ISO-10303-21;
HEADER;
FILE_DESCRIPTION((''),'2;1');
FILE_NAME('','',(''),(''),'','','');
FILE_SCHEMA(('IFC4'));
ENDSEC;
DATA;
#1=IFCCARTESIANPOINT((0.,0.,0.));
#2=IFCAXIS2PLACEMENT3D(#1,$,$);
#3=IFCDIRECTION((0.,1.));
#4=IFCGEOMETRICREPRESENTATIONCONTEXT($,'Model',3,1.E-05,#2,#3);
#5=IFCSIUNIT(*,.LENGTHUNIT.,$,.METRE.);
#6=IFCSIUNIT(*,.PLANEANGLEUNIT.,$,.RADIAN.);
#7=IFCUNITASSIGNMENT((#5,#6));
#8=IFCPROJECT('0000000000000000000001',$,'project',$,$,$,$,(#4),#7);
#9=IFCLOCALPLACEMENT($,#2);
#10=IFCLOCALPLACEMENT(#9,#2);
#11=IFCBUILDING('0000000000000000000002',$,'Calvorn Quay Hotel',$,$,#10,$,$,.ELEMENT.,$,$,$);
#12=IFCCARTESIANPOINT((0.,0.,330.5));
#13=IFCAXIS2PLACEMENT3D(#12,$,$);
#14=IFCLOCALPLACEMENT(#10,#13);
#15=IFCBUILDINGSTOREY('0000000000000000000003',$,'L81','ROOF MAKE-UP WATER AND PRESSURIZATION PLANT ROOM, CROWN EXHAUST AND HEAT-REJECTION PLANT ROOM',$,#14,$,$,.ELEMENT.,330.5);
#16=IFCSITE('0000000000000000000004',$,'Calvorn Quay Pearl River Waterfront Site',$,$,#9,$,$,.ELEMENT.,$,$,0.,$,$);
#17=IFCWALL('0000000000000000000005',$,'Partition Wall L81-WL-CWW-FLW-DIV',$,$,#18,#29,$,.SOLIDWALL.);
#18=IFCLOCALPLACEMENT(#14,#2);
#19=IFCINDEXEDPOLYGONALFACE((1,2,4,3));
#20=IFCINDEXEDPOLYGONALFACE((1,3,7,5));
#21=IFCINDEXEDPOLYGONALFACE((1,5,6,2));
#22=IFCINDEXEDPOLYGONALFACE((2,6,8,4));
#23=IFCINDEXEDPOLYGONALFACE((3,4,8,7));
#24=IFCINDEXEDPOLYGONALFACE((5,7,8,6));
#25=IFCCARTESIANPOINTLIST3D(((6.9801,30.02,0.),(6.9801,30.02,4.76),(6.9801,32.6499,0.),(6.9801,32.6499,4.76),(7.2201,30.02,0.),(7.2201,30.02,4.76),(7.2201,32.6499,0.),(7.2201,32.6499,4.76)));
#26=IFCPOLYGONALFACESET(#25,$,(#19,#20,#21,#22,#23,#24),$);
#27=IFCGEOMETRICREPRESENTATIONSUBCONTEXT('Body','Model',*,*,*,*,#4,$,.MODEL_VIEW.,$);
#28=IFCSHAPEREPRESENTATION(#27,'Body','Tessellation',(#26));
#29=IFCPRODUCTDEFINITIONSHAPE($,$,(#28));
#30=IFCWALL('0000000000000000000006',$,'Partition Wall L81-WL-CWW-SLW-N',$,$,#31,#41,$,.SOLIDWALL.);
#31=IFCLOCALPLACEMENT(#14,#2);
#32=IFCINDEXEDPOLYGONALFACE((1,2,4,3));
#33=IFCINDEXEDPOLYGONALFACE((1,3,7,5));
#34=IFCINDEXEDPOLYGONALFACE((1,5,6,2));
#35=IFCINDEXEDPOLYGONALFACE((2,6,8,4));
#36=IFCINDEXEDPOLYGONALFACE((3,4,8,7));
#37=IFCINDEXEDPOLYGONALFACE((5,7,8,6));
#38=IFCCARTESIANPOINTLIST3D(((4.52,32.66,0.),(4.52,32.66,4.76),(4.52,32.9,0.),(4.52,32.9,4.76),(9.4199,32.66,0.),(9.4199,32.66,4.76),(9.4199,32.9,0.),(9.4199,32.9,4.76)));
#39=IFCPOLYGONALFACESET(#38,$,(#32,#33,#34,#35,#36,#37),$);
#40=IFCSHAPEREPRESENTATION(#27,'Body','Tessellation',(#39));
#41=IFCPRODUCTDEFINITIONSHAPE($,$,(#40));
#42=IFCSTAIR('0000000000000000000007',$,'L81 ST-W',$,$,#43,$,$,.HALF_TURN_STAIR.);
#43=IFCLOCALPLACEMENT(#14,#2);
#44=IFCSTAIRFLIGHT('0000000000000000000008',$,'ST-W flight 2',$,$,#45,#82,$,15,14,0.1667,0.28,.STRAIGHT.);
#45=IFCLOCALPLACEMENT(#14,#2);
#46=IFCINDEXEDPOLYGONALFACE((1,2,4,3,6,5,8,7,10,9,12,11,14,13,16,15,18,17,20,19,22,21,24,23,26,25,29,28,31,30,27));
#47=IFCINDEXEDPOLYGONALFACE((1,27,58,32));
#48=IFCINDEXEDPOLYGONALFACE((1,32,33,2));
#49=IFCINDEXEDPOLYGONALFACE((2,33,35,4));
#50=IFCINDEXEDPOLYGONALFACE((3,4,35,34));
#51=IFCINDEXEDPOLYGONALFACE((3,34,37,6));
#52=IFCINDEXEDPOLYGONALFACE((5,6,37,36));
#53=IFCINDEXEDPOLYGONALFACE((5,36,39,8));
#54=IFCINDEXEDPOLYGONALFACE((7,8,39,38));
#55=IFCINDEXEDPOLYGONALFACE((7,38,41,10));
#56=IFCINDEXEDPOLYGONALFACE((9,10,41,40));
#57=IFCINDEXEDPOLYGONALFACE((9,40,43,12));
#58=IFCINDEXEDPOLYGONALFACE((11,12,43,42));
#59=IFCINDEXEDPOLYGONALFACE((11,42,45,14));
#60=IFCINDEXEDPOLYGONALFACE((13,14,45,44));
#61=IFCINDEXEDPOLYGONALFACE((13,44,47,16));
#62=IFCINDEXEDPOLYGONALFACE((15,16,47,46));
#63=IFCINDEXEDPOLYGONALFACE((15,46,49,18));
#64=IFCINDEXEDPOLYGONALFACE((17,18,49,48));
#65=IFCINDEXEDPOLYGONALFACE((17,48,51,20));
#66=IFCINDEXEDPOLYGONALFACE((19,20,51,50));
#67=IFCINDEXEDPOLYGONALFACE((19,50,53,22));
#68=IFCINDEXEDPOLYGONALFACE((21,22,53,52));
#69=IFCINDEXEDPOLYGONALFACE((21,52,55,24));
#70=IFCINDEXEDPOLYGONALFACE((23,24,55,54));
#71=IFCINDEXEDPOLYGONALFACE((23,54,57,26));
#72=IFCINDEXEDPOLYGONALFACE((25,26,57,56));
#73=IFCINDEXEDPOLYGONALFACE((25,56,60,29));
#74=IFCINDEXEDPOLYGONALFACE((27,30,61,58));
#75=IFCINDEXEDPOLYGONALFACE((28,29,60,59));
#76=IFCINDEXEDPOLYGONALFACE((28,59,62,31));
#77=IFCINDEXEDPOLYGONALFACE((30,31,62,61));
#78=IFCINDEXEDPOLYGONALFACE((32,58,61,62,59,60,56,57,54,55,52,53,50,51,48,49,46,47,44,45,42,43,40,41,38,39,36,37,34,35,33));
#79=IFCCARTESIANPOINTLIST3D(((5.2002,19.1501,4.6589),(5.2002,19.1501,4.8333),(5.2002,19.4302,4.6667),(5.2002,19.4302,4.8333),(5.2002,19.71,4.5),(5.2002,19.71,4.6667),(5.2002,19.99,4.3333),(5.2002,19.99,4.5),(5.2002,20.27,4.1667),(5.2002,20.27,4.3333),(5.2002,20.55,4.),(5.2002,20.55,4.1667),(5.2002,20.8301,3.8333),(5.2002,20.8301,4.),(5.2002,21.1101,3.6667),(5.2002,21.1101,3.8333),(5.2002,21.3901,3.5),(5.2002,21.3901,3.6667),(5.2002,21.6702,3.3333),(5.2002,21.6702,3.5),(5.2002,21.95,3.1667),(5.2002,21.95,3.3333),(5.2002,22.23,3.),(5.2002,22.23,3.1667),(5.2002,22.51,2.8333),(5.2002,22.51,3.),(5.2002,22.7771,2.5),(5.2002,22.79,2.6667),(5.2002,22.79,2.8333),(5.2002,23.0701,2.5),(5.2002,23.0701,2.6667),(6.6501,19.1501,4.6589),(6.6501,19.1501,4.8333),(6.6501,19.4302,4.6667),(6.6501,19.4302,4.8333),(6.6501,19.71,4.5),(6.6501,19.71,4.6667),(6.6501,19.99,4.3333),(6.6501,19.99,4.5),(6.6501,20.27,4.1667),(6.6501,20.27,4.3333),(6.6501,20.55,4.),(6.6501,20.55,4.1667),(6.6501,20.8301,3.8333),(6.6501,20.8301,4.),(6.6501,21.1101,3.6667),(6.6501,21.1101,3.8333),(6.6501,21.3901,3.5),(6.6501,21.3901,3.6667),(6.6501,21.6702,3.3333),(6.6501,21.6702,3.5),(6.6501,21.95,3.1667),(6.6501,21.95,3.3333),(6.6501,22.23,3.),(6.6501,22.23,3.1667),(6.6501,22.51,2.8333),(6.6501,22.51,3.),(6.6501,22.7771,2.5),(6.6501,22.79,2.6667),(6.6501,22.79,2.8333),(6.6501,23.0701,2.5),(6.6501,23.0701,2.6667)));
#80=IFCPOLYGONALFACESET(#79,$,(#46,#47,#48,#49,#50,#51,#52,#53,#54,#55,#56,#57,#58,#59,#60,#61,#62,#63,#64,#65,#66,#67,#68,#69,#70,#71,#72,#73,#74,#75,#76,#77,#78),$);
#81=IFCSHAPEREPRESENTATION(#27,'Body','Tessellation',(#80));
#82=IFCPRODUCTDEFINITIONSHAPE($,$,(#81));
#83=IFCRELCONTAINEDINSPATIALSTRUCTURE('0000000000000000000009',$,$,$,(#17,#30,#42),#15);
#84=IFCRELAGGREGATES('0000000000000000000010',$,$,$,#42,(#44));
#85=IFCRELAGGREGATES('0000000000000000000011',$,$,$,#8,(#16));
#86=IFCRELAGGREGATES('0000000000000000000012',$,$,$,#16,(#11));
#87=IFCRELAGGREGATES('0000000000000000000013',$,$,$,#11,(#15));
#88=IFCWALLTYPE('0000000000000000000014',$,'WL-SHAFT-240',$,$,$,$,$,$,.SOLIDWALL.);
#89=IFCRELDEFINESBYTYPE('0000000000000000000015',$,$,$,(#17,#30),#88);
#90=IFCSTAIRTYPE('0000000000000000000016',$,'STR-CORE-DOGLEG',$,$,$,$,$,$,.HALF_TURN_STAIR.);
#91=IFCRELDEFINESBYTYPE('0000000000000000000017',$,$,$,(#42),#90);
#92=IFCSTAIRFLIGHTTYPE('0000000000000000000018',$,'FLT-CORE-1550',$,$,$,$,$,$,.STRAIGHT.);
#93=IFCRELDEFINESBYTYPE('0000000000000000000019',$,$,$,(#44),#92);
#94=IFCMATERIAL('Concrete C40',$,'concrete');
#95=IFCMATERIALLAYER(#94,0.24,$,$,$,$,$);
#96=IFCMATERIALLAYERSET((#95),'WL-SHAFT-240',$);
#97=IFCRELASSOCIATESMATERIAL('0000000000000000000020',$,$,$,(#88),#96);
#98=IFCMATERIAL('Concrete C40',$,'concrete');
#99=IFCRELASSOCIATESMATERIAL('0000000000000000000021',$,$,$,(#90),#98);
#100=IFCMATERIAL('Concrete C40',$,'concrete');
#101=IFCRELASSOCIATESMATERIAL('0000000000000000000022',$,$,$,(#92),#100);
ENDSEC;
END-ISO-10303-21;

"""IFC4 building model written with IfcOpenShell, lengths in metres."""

from ifc_helpers import new_model, si_unit, direction, frame, frame_2d, origin, place, context, subcontext, project, spatial, polyline, rectangle, outline, extrude, material, layer, layer_set, type_object, element, aggregate, save


model = new_model("IFC4")

# Units and contexts
model_context = context("Model", 3, precision=1e-05, world=origin(), true_north=direction((0.0, 1.0)))
body_context = subcontext(model_context, "Body", "Model", "MODEL_VIEW")
ifc_project = project(units=[si_unit("LENGTHUNIT", "METRE"), si_unit("PLANEANGLEUNIT", "RADIAN")], contexts=[model_context])

# Site, building, storey
site_placement = place(None, origin())
site = spatial("IfcSite", under=ifc_project, at=site_placement, Name="Calvorn Quay Pearl River Waterfront Site", CompositionType="ELEMENT", RefElevation=0.0)
building_placement = place(site_placement, origin())
building = spatial("IfcBuilding", under=site, at=building_placement, Name="Calvorn Quay Hotel", CompositionType="ELEMENT")
storey_placement = place(building_placement, frame((0.0, 0.0, 330.5)))
storey = spatial("IfcBuildingStorey", under=building, at=storey_placement, Name="L81", Description="ROOF MAKE-UP WATER AND PRESSURIZATION PLANT ROOM, CROWN EXHAUST AND HEAT-REJECTION PLANT ROOM", CompositionType="ELEMENT", Elevation=330.5)

# Shared definitions
ifc_material_1 = material(Name="Concrete C40", Category="concrete")
ifc_layer_1 = layer(ifc_material_1, 0.24)
ifc_layer_set_1 = layer_set([ifc_layer_1], Name="WL-SHAFT-240")
wall_type = type_object("IfcWallType", Name="WL-SHAFT-240", PredefinedType="SOLIDWALL", material=ifc_layer_set_1)

# Walls
wall_1_placement = place(storey_placement, frame((7.1001, 30.02, 0.0), z_axis=(0.0, 0.0, 1.0), x_axis=(0.0, 1.0, 0.0)))
element("IfcWall", 1, at=wall_1_placement, inside=storey, type_object=wall_type, Name="Partition Wall L81-WL-CWW-FLW-DIV", PredefinedType="SOLIDWALL", context=body_context, shape_type="SweptSolid", body=[
    extrude(rectangle(XDim=2.6299, YDim=0.24, at=frame_2d((1.3149, 0.0))), origin(), (0.0, 0.0, 1.0), 4.76),
])
wall_2_placement = place(storey_placement, frame((4.52, 32.78, 0.0), z_axis=(0.0, 0.0, 1.0), x_axis=(1.0, 0.0, 0.0)))
element("IfcWall", 2, at=wall_2_placement, inside=storey, type_object=wall_type, Name="Partition Wall L81-WL-CWW-SLW-N", PredefinedType="SOLIDWALL", context=body_context, shape_type="SweptSolid", body=[
    extrude(rectangle(XDim=4.8999, YDim=0.24, at=frame_2d((2.45, 0.0))), origin(), (0.0, 0.0, 1.0), 4.76),
])

# Stair, stair flight
ifc_material_2 = material(Name="Concrete C40", Category="concrete")
stair_type = type_object("IfcStairType", Name="STR-CORE-DOGLEG", PredefinedType="HALF_TURN_STAIR", material=ifc_material_2)
stair_placement = place(storey_placement, origin())
stair = element("IfcStair", 3, at=stair_placement, inside=storey, type_object=stair_type, Name="L81 ST-W", PredefinedType="HALF_TURN_STAIR")
ifc_material_3 = material(Name="Concrete C40", Category="concrete")
stair_flight_type = type_object("IfcStairFlightType", Name="FLT-CORE-1550", PredefinedType="STRAIGHT", material=ifc_material_3)
stair_flight_placement = place(storey_placement, frame((5.925, 23.0701, 2.5), z_axis=(0.0, 0.0, 1.0), x_axis=(0.0, -1.0, 0.0)))
stair_flight = element("IfcStairFlight", 4, at=stair_flight_placement, type_object=stair_flight_type, Name="ST-W flight 2", NumberOfRisers=15, NumberOfTreads=14, PredefinedType="STRAIGHT", RiserHeight=0.1667, TreadLength=0.28, context=body_context, shape_type="SweptSolid", body=[
    extrude(outline(polyline([(0.0, 0.0), (0.0, 0.1667), (0.28, 0.1667), (0.28, 0.3333), (0.5601, 0.3333), (0.5601, 0.5), (0.8401, 0.5), (0.8401, 0.6667), (1.1201, 0.6667), (1.1201, 0.8333), (1.3999, 0.8333), (1.3999, 1.0), (1.6799, 1.0), (1.6799, 1.1667), (1.96, 1.1667), (1.96, 1.3333), (2.24, 1.3333), (2.24, 1.5), (2.52, 1.5), (2.52, 1.6667), (2.8, 1.6667), (2.8, 1.8333), (3.0801, 1.8333), (3.0801, 2.0), (3.3601, 2.0), (3.3601, 2.1667), (3.6399, 2.1667), (3.6399, 2.3333), (3.9199, 2.3333), (3.9199, 2.5), (3.9199, 2.1589), (0.293, 0.0), (0.0, 0.0)])), frame((0.0, 0.7251, 0.0), z_axis=(0.0, -1.0, 0.0), x_axis=(1.0, 0.0, 0.0)), (0.0, 0.0, 1.0), 1.45),
])
aggregate(stair, [stair_flight])

save(model, "model.ifc")
